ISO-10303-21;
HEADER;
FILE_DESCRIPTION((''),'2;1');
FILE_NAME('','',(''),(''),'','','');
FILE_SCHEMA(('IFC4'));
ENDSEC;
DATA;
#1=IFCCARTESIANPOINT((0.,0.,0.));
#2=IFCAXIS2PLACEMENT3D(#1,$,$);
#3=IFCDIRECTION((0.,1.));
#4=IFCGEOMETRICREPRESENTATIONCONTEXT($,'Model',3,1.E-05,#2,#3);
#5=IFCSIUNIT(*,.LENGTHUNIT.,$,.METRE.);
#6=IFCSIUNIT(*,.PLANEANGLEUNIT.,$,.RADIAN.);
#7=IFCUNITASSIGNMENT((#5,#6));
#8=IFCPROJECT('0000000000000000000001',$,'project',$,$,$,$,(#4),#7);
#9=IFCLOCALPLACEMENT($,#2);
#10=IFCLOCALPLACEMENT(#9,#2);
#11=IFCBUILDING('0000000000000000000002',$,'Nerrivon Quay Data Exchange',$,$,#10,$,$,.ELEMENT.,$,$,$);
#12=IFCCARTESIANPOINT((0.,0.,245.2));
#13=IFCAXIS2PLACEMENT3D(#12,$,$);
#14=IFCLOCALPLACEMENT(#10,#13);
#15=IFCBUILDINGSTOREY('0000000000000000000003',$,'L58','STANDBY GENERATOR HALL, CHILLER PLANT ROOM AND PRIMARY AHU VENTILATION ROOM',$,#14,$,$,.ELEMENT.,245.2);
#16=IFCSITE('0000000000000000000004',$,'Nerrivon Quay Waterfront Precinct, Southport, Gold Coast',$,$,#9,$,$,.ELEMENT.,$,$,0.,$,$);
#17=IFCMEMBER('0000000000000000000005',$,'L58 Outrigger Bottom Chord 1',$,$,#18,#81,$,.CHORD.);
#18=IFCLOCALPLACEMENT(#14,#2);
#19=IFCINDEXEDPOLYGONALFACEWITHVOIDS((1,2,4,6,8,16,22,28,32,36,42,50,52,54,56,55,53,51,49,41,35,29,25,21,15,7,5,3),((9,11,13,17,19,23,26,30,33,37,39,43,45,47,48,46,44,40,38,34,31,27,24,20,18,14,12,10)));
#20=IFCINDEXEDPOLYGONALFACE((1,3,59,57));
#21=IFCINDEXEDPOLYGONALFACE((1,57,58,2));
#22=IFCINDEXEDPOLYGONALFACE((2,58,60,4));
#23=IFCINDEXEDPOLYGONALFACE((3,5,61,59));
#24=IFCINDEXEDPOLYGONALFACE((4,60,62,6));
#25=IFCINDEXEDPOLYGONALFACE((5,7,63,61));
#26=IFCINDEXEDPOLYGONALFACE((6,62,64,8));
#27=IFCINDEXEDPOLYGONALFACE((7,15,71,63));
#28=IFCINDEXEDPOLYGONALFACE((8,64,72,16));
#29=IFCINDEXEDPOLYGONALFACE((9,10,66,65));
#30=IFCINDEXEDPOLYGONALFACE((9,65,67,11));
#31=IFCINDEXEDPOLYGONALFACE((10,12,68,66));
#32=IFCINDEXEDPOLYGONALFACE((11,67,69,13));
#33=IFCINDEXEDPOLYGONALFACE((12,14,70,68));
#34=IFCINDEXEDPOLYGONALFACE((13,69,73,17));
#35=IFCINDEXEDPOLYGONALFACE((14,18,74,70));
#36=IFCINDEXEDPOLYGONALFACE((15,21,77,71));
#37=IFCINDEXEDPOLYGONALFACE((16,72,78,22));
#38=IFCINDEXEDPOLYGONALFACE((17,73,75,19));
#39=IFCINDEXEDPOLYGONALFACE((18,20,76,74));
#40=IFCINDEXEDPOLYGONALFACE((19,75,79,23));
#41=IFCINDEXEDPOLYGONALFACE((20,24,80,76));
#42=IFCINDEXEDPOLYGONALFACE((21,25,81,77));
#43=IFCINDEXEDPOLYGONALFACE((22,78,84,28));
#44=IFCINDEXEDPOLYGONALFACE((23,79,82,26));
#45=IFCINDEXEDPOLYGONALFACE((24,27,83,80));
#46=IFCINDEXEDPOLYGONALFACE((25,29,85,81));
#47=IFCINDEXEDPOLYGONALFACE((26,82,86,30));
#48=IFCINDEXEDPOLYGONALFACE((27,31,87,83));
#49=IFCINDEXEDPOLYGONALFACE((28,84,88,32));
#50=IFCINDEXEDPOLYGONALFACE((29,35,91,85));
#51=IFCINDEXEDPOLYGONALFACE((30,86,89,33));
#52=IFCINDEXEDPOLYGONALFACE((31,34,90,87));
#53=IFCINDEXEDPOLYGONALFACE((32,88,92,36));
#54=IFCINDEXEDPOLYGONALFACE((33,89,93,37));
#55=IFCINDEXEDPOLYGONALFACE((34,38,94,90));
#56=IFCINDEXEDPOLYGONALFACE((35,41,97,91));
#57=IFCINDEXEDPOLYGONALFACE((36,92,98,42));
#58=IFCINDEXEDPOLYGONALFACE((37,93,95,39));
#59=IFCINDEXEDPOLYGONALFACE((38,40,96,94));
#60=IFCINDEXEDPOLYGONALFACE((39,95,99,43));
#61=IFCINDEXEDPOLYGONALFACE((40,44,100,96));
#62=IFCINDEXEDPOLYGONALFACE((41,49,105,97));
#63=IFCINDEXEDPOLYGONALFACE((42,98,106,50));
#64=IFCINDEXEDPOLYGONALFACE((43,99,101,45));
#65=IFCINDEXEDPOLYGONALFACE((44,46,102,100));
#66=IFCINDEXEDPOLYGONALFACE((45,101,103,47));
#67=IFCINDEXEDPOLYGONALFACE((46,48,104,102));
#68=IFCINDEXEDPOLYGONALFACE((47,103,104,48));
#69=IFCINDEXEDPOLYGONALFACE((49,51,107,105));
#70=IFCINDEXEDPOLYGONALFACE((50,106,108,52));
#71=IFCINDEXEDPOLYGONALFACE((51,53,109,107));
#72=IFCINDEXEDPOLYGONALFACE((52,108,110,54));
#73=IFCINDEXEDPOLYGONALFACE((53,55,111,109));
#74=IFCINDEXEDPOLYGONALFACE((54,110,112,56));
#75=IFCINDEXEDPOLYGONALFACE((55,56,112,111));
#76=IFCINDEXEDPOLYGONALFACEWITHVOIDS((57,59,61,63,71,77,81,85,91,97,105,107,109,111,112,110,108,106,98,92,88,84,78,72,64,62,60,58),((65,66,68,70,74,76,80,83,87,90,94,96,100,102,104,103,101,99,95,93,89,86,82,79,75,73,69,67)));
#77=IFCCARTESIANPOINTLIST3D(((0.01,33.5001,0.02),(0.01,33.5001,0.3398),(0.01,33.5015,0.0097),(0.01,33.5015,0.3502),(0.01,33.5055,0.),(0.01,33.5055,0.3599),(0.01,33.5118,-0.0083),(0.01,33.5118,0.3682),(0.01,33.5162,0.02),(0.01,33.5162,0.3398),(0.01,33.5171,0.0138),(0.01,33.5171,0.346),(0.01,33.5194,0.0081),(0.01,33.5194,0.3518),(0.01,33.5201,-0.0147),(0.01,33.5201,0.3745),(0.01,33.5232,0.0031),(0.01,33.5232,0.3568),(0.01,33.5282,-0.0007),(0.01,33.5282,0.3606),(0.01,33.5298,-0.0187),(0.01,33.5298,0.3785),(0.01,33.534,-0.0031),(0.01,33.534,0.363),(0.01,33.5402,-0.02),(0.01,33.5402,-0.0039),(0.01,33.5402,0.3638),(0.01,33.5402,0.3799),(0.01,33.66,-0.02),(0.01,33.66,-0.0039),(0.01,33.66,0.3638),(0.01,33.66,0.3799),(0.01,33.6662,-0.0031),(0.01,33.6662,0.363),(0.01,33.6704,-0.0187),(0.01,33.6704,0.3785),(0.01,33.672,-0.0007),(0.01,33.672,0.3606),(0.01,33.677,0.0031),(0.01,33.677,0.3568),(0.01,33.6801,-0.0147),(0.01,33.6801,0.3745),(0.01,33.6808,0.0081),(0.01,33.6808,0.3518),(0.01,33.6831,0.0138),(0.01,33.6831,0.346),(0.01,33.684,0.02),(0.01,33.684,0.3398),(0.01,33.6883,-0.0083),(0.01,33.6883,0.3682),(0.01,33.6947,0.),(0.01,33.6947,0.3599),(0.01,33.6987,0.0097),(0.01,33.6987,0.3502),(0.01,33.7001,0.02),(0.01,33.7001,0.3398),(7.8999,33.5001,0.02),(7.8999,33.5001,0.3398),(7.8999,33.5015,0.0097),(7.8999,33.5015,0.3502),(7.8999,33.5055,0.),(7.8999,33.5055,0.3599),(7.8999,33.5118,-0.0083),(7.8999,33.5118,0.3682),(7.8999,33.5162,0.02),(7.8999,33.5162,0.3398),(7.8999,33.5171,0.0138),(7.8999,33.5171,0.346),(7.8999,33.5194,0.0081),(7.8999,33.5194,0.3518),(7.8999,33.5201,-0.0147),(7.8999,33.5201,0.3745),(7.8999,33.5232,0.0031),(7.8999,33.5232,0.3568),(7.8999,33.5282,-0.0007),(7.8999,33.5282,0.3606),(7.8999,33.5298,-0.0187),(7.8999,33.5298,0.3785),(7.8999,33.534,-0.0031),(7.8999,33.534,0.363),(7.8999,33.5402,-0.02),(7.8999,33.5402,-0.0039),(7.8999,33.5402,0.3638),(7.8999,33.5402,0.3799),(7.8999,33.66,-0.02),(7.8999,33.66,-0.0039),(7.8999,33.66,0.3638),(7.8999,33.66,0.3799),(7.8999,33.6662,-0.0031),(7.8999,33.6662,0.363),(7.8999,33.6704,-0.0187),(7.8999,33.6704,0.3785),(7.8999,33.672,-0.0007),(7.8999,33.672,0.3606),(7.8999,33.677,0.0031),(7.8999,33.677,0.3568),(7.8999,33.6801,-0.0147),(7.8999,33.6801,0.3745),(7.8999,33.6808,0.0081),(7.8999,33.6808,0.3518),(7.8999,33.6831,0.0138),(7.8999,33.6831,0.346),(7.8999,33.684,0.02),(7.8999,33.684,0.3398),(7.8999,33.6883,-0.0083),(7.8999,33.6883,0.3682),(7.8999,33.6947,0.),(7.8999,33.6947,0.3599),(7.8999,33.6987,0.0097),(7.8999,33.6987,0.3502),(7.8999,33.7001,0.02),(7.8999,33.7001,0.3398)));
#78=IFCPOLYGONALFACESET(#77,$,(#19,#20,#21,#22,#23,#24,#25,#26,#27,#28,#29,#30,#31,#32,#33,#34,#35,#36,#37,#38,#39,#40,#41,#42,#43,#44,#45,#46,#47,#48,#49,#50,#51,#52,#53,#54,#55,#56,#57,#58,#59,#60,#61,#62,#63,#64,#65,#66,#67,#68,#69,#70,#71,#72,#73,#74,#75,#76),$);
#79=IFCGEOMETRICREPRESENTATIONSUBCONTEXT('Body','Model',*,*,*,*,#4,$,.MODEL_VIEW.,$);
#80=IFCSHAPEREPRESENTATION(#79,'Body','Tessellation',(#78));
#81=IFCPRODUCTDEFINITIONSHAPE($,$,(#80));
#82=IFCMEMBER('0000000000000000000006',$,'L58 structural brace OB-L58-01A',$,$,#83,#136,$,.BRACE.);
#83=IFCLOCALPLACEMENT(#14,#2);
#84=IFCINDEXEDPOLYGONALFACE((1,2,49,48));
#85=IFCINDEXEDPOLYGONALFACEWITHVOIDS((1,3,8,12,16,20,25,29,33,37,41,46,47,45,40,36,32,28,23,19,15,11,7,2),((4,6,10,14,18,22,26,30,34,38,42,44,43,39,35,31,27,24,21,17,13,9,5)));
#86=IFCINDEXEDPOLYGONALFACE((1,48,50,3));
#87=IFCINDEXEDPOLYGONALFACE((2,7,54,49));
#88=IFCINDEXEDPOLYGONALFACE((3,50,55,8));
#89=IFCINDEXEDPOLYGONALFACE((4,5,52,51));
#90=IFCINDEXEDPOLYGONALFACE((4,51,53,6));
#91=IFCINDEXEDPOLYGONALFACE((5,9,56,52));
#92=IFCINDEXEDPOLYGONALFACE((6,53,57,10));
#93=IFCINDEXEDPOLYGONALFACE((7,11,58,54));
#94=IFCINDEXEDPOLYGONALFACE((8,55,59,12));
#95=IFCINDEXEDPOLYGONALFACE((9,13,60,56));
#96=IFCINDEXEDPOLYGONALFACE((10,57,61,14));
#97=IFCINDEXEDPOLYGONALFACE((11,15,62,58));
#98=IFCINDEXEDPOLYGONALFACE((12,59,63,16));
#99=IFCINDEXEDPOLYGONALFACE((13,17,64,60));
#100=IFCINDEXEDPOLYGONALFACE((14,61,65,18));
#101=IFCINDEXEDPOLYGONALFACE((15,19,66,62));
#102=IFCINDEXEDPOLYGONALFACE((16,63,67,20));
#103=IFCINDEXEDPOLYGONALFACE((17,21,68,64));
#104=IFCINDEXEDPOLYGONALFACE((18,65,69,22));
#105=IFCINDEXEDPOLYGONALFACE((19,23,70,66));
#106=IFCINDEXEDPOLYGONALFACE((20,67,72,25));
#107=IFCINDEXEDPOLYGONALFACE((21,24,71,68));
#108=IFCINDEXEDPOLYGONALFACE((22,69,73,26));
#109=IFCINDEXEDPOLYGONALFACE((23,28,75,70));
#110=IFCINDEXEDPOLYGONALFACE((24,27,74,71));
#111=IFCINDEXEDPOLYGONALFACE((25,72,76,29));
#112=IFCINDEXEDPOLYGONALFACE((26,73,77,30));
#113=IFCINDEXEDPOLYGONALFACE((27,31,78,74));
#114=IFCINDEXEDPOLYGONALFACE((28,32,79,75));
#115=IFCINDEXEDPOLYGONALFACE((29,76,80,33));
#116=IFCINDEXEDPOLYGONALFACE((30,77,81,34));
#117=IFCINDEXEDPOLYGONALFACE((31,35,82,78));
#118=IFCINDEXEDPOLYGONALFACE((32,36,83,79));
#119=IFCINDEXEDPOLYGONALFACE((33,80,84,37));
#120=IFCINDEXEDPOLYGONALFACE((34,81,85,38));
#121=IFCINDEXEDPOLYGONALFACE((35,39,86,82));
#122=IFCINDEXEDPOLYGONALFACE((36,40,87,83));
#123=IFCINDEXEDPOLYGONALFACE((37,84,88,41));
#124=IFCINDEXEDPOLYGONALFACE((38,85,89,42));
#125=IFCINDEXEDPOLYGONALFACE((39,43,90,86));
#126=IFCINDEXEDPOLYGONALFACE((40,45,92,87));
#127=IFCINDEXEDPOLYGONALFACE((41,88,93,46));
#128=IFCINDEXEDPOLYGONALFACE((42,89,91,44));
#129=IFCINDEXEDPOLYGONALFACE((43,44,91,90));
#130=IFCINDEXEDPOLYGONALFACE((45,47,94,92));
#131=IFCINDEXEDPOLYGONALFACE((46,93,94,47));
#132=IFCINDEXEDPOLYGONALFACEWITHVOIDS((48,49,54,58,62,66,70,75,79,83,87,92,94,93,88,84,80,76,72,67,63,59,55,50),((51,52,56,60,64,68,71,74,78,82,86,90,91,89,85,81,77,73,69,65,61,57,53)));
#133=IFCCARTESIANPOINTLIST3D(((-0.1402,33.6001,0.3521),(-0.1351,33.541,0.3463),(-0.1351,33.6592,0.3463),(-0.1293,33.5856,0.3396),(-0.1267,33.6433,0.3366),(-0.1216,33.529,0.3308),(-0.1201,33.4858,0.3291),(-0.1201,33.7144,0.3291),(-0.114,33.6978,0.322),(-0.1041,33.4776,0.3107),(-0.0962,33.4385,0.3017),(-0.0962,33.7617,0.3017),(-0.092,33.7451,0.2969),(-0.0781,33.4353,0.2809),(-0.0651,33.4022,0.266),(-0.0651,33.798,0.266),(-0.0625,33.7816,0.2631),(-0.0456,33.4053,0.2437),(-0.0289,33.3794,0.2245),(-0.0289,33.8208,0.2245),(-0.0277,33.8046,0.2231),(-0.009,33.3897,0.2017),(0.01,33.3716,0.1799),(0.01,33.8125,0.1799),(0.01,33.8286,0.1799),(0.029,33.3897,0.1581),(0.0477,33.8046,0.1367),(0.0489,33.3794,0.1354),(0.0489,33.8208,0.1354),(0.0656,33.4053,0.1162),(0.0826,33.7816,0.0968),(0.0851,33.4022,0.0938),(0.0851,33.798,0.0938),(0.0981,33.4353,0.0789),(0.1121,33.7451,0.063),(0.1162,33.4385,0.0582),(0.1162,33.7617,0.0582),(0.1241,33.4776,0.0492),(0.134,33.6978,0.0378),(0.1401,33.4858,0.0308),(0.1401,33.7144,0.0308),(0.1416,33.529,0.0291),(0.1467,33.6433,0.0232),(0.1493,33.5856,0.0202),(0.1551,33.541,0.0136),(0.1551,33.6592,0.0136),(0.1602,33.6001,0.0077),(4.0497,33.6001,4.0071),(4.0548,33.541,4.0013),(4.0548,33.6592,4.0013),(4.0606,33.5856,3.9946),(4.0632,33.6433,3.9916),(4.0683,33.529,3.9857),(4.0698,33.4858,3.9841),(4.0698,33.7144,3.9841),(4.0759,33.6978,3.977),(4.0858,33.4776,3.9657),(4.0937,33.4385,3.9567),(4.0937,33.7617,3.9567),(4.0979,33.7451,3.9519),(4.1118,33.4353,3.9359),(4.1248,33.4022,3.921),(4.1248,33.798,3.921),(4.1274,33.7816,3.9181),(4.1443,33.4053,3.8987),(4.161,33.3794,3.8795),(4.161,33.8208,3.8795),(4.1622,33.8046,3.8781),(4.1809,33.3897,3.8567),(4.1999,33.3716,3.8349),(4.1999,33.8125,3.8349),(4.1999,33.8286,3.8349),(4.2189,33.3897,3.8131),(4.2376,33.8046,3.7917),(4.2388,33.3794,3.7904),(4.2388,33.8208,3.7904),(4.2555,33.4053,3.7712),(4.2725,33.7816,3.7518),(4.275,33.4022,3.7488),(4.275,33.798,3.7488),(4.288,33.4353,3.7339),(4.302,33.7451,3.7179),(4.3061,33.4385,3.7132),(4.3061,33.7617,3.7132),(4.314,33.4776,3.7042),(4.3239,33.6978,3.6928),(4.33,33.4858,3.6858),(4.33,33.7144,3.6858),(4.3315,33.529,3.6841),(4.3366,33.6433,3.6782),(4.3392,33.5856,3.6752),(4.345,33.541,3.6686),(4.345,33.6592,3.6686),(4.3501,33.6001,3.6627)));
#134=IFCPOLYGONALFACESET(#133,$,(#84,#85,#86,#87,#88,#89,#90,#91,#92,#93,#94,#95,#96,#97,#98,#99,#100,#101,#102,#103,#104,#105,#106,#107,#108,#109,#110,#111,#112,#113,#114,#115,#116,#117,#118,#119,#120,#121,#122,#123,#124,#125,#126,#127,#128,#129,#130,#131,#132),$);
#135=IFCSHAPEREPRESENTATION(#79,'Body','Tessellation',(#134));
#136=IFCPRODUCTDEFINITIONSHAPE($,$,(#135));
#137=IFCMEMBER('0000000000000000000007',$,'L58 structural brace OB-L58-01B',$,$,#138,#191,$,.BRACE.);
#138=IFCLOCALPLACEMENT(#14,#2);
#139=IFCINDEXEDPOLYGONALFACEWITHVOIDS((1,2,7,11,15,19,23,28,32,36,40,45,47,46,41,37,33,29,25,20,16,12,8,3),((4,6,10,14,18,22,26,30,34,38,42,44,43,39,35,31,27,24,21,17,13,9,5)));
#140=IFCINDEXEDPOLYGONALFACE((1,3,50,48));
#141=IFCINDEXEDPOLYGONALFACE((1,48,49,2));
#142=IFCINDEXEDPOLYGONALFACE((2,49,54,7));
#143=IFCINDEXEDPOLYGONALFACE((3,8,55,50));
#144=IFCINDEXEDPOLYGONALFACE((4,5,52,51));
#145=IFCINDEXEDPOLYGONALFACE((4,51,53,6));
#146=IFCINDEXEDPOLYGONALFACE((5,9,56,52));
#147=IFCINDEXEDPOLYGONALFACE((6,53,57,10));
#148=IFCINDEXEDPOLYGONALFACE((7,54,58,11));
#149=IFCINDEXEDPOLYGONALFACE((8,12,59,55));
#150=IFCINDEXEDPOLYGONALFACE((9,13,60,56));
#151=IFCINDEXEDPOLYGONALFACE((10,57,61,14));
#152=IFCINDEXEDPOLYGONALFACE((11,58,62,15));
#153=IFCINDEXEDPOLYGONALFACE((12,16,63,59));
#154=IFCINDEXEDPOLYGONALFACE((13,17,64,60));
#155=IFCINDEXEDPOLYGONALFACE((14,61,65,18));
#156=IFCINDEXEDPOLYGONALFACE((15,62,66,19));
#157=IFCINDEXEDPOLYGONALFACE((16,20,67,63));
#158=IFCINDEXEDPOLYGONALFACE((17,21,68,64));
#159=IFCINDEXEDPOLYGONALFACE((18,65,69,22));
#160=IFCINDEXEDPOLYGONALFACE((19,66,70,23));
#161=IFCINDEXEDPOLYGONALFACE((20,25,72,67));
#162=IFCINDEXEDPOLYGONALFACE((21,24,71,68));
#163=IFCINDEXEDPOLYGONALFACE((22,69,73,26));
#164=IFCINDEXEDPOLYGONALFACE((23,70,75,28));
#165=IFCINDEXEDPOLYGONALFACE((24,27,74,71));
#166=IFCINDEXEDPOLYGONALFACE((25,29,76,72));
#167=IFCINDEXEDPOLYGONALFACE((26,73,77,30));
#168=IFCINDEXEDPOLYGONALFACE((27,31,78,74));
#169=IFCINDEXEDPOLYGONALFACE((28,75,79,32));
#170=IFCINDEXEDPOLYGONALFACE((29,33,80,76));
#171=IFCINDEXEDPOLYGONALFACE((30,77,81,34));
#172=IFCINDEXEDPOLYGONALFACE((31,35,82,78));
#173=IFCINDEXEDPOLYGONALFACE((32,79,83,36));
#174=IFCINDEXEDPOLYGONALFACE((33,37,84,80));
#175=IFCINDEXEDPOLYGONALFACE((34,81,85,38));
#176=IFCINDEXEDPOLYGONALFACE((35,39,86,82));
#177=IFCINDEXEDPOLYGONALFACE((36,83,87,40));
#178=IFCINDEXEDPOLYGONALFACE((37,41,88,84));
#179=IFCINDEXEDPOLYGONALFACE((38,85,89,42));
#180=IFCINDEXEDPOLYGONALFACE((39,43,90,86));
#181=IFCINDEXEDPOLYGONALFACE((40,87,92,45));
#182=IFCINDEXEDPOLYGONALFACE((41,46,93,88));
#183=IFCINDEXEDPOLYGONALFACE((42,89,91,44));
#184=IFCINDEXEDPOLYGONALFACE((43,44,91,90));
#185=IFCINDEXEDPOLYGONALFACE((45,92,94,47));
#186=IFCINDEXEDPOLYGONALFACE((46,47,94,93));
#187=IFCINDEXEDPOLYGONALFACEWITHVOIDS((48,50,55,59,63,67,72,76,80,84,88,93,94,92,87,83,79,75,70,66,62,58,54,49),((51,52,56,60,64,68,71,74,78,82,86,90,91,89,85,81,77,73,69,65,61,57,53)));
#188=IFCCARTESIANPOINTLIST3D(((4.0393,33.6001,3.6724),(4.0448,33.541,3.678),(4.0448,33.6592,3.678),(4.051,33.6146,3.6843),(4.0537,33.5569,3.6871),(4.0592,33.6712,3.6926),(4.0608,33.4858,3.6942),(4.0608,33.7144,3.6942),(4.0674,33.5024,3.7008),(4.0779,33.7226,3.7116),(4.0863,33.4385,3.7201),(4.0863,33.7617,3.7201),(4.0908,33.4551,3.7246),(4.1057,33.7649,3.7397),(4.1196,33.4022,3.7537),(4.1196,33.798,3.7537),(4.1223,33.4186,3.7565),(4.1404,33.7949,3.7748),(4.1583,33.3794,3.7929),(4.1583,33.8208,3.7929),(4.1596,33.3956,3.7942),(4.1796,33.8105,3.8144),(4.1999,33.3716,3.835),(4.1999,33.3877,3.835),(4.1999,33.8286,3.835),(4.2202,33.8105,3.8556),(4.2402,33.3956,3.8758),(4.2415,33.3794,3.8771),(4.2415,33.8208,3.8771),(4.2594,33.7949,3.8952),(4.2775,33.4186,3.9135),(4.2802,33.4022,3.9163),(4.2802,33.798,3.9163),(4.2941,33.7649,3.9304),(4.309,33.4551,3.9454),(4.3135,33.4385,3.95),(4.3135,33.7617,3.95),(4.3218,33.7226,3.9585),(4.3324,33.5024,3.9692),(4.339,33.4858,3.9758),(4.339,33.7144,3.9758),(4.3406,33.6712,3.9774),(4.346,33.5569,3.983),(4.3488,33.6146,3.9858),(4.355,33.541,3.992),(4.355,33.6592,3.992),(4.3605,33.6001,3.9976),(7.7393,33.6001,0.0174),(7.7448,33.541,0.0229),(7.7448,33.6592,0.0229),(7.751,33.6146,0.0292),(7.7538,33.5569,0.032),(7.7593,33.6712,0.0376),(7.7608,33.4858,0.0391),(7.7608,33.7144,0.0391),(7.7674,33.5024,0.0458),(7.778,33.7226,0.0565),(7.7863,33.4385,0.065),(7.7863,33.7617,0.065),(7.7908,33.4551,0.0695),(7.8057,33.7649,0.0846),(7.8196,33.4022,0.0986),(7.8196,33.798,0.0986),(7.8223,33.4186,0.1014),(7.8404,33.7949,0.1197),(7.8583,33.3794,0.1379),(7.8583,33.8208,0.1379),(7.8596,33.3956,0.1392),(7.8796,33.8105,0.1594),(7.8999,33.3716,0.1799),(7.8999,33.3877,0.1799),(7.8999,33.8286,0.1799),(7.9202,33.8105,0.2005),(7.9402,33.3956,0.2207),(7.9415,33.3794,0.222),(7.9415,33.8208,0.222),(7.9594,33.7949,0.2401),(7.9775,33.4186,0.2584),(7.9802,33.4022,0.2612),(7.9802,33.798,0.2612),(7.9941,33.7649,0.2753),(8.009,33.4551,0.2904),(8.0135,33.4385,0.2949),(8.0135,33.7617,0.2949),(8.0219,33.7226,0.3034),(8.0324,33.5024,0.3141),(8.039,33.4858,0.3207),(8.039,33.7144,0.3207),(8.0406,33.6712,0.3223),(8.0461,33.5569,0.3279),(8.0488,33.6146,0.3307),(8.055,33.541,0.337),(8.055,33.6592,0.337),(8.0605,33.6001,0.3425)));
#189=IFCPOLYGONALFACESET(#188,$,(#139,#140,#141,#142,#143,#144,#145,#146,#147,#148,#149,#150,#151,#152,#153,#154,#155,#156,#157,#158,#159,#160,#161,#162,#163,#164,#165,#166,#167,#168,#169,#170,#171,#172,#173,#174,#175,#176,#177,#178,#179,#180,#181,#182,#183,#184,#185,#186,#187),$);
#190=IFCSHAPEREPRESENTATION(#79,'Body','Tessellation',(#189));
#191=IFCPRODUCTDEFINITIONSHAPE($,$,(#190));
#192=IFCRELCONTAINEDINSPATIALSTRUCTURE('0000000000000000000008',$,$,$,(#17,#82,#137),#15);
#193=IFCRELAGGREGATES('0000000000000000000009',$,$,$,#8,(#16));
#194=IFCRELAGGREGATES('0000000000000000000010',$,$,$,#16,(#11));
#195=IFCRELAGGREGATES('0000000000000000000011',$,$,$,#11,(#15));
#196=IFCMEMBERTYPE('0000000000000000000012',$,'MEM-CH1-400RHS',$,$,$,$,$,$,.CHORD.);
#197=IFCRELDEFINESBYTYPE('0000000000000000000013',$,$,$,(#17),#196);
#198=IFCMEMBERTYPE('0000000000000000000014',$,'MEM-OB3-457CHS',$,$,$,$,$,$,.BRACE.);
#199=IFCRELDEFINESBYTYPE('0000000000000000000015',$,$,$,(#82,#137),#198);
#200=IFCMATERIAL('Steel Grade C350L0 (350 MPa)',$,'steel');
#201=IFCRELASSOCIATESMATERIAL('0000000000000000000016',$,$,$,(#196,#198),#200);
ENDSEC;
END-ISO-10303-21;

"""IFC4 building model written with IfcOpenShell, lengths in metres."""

from ifc_helpers import new_model, si_unit, direction, frame, origin, origin_2d, place, context, subcontext, project, spatial, hollow_rectangle, hollow_circle, extrude, material, material_profile, profile_set, type_object, element, save


model = new_model("IFC4")

# Units and contexts
model_context = context("Model", 3, precision=1e-05, world=origin(), true_north=direction((0.0, 1.0)))
body_context = subcontext(model_context, "Body", "Model", "MODEL_VIEW")
ifc_project = project(units=[si_unit("LENGTHUNIT", "METRE"), si_unit("PLANEANGLEUNIT", "RADIAN")], contexts=[model_context])

# Site, building, storey
site_placement = place(None, origin())
site = spatial("IfcSite", under=ifc_project, at=site_placement, Name="Nerrivon Quay Waterfront Precinct, Southport, Gold Coast", CompositionType="ELEMENT", RefElevation=0.0)
building_placement = place(site_placement, origin())
building = spatial("IfcBuilding", under=site, at=building_placement, Name="Nerrivon Quay Data Exchange", CompositionType="ELEMENT")
storey_placement = place(building_placement, frame((0.0, 0.0, 245.2)))
storey = spatial("IfcBuildingStorey", under=building, at=storey_placement, Name="L58", Description="STANDBY GENERATOR HALL, CHILLER PLANT ROOM AND PRIMARY AHU VENTILATION ROOM", CompositionType="ELEMENT", Elevation=245.2)

# Shared definitions
ifc_material_1 = material(Name="Steel Grade C350L0 (350 MPa)", Category="steel")

# Members
ifc_material_profile_1 = material_profile(ifc_material_1, hollow_rectangle(XDim=0.2, YDim=0.3999, WallThickness=0.0161, InnerFilletRadius=0.0239, OuterFilletRadius=0.04, at=origin_2d()), Name="400x200x16.0RHS")
ifc_profile_set_1 = profile_set([ifc_material_profile_1], Name="Steel Grade C350L0 (350 MPa)")
member_type_1 = type_object("IfcMemberType", Name="MEM-CH1-400RHS", PredefinedType="CHORD", material=ifc_profile_set_1)
member_1_placement = place(storey_placement, frame((0.01, 33.6001, 0.1799), z_axis=(1.0, 0.0, 0.0), x_axis=(0.0, 1.0, 0.0)))
element("IfcMember", 1, at=member_1_placement, inside=storey, type_object=member_type_1, Name="L58 Outrigger Bottom Chord 1", PredefinedType="CHORD", context=body_context, shape_type="SweptSolid", body=[
    extrude(hollow_rectangle(XDim=0.2, YDim=0.3999, WallThickness=0.0161, InnerFilletRadius=0.0239, OuterFilletRadius=0.04, at=origin_2d()), origin(), (0.0, 0.0, 1.0), 7.8899),
])
ifc_material_profile_2 = material_profile(ifc_material_1, hollow_circle(Radius=0.2285, WallThickness=0.0161, at=origin_2d()), Name="457.0x16.0CHS")
ifc_profile_set_2 = profile_set([ifc_material_profile_2], Name="Steel Grade C350L0 (350 MPa)")
member_type_2 = type_object("IfcMemberType", Name="MEM-OB3-457CHS", PredefinedType="BRACE", material=ifc_profile_set_2)
member_2_placement = place(storey_placement, frame((0.01, 33.6001, 0.1799), z_axis=(0.753571, 0.0, 0.657366), x_axis=(0.0, 1.0, 0.0)))
element("IfcMember", 2, at=member_2_placement, inside=storey, type_object=member_type_2, Name="L58 structural brace OB-L58-01A", PredefinedType="BRACE", context=body_context, shape_type="SweptSolid", body=[
    extrude(hollow_circle(Radius=0.2285, WallThickness=0.0161, at=origin_2d()), origin(), (0.0, 0.0, 1.0), 5.5601),
])
member_3_placement = place(storey_placement, frame((7.8999, 33.6001, 0.1799), z_axis=(-0.711412, 0.0, 0.702775), x_axis=(0.0, -1.0, 0.0)))
element("IfcMember", 3, at=member_3_placement, inside=storey, type_object=member_type_2, Name="L58 structural brace OB-L58-01B", PredefinedType="BRACE", context=body_context, shape_type="SweptSolid", body=[
    extrude(hollow_circle(Radius=0.2285, WallThickness=0.0161, at=origin_2d()), origin(), (0.0, 0.0, 1.0), 5.2009),
])

save(model, "model.ifc")
